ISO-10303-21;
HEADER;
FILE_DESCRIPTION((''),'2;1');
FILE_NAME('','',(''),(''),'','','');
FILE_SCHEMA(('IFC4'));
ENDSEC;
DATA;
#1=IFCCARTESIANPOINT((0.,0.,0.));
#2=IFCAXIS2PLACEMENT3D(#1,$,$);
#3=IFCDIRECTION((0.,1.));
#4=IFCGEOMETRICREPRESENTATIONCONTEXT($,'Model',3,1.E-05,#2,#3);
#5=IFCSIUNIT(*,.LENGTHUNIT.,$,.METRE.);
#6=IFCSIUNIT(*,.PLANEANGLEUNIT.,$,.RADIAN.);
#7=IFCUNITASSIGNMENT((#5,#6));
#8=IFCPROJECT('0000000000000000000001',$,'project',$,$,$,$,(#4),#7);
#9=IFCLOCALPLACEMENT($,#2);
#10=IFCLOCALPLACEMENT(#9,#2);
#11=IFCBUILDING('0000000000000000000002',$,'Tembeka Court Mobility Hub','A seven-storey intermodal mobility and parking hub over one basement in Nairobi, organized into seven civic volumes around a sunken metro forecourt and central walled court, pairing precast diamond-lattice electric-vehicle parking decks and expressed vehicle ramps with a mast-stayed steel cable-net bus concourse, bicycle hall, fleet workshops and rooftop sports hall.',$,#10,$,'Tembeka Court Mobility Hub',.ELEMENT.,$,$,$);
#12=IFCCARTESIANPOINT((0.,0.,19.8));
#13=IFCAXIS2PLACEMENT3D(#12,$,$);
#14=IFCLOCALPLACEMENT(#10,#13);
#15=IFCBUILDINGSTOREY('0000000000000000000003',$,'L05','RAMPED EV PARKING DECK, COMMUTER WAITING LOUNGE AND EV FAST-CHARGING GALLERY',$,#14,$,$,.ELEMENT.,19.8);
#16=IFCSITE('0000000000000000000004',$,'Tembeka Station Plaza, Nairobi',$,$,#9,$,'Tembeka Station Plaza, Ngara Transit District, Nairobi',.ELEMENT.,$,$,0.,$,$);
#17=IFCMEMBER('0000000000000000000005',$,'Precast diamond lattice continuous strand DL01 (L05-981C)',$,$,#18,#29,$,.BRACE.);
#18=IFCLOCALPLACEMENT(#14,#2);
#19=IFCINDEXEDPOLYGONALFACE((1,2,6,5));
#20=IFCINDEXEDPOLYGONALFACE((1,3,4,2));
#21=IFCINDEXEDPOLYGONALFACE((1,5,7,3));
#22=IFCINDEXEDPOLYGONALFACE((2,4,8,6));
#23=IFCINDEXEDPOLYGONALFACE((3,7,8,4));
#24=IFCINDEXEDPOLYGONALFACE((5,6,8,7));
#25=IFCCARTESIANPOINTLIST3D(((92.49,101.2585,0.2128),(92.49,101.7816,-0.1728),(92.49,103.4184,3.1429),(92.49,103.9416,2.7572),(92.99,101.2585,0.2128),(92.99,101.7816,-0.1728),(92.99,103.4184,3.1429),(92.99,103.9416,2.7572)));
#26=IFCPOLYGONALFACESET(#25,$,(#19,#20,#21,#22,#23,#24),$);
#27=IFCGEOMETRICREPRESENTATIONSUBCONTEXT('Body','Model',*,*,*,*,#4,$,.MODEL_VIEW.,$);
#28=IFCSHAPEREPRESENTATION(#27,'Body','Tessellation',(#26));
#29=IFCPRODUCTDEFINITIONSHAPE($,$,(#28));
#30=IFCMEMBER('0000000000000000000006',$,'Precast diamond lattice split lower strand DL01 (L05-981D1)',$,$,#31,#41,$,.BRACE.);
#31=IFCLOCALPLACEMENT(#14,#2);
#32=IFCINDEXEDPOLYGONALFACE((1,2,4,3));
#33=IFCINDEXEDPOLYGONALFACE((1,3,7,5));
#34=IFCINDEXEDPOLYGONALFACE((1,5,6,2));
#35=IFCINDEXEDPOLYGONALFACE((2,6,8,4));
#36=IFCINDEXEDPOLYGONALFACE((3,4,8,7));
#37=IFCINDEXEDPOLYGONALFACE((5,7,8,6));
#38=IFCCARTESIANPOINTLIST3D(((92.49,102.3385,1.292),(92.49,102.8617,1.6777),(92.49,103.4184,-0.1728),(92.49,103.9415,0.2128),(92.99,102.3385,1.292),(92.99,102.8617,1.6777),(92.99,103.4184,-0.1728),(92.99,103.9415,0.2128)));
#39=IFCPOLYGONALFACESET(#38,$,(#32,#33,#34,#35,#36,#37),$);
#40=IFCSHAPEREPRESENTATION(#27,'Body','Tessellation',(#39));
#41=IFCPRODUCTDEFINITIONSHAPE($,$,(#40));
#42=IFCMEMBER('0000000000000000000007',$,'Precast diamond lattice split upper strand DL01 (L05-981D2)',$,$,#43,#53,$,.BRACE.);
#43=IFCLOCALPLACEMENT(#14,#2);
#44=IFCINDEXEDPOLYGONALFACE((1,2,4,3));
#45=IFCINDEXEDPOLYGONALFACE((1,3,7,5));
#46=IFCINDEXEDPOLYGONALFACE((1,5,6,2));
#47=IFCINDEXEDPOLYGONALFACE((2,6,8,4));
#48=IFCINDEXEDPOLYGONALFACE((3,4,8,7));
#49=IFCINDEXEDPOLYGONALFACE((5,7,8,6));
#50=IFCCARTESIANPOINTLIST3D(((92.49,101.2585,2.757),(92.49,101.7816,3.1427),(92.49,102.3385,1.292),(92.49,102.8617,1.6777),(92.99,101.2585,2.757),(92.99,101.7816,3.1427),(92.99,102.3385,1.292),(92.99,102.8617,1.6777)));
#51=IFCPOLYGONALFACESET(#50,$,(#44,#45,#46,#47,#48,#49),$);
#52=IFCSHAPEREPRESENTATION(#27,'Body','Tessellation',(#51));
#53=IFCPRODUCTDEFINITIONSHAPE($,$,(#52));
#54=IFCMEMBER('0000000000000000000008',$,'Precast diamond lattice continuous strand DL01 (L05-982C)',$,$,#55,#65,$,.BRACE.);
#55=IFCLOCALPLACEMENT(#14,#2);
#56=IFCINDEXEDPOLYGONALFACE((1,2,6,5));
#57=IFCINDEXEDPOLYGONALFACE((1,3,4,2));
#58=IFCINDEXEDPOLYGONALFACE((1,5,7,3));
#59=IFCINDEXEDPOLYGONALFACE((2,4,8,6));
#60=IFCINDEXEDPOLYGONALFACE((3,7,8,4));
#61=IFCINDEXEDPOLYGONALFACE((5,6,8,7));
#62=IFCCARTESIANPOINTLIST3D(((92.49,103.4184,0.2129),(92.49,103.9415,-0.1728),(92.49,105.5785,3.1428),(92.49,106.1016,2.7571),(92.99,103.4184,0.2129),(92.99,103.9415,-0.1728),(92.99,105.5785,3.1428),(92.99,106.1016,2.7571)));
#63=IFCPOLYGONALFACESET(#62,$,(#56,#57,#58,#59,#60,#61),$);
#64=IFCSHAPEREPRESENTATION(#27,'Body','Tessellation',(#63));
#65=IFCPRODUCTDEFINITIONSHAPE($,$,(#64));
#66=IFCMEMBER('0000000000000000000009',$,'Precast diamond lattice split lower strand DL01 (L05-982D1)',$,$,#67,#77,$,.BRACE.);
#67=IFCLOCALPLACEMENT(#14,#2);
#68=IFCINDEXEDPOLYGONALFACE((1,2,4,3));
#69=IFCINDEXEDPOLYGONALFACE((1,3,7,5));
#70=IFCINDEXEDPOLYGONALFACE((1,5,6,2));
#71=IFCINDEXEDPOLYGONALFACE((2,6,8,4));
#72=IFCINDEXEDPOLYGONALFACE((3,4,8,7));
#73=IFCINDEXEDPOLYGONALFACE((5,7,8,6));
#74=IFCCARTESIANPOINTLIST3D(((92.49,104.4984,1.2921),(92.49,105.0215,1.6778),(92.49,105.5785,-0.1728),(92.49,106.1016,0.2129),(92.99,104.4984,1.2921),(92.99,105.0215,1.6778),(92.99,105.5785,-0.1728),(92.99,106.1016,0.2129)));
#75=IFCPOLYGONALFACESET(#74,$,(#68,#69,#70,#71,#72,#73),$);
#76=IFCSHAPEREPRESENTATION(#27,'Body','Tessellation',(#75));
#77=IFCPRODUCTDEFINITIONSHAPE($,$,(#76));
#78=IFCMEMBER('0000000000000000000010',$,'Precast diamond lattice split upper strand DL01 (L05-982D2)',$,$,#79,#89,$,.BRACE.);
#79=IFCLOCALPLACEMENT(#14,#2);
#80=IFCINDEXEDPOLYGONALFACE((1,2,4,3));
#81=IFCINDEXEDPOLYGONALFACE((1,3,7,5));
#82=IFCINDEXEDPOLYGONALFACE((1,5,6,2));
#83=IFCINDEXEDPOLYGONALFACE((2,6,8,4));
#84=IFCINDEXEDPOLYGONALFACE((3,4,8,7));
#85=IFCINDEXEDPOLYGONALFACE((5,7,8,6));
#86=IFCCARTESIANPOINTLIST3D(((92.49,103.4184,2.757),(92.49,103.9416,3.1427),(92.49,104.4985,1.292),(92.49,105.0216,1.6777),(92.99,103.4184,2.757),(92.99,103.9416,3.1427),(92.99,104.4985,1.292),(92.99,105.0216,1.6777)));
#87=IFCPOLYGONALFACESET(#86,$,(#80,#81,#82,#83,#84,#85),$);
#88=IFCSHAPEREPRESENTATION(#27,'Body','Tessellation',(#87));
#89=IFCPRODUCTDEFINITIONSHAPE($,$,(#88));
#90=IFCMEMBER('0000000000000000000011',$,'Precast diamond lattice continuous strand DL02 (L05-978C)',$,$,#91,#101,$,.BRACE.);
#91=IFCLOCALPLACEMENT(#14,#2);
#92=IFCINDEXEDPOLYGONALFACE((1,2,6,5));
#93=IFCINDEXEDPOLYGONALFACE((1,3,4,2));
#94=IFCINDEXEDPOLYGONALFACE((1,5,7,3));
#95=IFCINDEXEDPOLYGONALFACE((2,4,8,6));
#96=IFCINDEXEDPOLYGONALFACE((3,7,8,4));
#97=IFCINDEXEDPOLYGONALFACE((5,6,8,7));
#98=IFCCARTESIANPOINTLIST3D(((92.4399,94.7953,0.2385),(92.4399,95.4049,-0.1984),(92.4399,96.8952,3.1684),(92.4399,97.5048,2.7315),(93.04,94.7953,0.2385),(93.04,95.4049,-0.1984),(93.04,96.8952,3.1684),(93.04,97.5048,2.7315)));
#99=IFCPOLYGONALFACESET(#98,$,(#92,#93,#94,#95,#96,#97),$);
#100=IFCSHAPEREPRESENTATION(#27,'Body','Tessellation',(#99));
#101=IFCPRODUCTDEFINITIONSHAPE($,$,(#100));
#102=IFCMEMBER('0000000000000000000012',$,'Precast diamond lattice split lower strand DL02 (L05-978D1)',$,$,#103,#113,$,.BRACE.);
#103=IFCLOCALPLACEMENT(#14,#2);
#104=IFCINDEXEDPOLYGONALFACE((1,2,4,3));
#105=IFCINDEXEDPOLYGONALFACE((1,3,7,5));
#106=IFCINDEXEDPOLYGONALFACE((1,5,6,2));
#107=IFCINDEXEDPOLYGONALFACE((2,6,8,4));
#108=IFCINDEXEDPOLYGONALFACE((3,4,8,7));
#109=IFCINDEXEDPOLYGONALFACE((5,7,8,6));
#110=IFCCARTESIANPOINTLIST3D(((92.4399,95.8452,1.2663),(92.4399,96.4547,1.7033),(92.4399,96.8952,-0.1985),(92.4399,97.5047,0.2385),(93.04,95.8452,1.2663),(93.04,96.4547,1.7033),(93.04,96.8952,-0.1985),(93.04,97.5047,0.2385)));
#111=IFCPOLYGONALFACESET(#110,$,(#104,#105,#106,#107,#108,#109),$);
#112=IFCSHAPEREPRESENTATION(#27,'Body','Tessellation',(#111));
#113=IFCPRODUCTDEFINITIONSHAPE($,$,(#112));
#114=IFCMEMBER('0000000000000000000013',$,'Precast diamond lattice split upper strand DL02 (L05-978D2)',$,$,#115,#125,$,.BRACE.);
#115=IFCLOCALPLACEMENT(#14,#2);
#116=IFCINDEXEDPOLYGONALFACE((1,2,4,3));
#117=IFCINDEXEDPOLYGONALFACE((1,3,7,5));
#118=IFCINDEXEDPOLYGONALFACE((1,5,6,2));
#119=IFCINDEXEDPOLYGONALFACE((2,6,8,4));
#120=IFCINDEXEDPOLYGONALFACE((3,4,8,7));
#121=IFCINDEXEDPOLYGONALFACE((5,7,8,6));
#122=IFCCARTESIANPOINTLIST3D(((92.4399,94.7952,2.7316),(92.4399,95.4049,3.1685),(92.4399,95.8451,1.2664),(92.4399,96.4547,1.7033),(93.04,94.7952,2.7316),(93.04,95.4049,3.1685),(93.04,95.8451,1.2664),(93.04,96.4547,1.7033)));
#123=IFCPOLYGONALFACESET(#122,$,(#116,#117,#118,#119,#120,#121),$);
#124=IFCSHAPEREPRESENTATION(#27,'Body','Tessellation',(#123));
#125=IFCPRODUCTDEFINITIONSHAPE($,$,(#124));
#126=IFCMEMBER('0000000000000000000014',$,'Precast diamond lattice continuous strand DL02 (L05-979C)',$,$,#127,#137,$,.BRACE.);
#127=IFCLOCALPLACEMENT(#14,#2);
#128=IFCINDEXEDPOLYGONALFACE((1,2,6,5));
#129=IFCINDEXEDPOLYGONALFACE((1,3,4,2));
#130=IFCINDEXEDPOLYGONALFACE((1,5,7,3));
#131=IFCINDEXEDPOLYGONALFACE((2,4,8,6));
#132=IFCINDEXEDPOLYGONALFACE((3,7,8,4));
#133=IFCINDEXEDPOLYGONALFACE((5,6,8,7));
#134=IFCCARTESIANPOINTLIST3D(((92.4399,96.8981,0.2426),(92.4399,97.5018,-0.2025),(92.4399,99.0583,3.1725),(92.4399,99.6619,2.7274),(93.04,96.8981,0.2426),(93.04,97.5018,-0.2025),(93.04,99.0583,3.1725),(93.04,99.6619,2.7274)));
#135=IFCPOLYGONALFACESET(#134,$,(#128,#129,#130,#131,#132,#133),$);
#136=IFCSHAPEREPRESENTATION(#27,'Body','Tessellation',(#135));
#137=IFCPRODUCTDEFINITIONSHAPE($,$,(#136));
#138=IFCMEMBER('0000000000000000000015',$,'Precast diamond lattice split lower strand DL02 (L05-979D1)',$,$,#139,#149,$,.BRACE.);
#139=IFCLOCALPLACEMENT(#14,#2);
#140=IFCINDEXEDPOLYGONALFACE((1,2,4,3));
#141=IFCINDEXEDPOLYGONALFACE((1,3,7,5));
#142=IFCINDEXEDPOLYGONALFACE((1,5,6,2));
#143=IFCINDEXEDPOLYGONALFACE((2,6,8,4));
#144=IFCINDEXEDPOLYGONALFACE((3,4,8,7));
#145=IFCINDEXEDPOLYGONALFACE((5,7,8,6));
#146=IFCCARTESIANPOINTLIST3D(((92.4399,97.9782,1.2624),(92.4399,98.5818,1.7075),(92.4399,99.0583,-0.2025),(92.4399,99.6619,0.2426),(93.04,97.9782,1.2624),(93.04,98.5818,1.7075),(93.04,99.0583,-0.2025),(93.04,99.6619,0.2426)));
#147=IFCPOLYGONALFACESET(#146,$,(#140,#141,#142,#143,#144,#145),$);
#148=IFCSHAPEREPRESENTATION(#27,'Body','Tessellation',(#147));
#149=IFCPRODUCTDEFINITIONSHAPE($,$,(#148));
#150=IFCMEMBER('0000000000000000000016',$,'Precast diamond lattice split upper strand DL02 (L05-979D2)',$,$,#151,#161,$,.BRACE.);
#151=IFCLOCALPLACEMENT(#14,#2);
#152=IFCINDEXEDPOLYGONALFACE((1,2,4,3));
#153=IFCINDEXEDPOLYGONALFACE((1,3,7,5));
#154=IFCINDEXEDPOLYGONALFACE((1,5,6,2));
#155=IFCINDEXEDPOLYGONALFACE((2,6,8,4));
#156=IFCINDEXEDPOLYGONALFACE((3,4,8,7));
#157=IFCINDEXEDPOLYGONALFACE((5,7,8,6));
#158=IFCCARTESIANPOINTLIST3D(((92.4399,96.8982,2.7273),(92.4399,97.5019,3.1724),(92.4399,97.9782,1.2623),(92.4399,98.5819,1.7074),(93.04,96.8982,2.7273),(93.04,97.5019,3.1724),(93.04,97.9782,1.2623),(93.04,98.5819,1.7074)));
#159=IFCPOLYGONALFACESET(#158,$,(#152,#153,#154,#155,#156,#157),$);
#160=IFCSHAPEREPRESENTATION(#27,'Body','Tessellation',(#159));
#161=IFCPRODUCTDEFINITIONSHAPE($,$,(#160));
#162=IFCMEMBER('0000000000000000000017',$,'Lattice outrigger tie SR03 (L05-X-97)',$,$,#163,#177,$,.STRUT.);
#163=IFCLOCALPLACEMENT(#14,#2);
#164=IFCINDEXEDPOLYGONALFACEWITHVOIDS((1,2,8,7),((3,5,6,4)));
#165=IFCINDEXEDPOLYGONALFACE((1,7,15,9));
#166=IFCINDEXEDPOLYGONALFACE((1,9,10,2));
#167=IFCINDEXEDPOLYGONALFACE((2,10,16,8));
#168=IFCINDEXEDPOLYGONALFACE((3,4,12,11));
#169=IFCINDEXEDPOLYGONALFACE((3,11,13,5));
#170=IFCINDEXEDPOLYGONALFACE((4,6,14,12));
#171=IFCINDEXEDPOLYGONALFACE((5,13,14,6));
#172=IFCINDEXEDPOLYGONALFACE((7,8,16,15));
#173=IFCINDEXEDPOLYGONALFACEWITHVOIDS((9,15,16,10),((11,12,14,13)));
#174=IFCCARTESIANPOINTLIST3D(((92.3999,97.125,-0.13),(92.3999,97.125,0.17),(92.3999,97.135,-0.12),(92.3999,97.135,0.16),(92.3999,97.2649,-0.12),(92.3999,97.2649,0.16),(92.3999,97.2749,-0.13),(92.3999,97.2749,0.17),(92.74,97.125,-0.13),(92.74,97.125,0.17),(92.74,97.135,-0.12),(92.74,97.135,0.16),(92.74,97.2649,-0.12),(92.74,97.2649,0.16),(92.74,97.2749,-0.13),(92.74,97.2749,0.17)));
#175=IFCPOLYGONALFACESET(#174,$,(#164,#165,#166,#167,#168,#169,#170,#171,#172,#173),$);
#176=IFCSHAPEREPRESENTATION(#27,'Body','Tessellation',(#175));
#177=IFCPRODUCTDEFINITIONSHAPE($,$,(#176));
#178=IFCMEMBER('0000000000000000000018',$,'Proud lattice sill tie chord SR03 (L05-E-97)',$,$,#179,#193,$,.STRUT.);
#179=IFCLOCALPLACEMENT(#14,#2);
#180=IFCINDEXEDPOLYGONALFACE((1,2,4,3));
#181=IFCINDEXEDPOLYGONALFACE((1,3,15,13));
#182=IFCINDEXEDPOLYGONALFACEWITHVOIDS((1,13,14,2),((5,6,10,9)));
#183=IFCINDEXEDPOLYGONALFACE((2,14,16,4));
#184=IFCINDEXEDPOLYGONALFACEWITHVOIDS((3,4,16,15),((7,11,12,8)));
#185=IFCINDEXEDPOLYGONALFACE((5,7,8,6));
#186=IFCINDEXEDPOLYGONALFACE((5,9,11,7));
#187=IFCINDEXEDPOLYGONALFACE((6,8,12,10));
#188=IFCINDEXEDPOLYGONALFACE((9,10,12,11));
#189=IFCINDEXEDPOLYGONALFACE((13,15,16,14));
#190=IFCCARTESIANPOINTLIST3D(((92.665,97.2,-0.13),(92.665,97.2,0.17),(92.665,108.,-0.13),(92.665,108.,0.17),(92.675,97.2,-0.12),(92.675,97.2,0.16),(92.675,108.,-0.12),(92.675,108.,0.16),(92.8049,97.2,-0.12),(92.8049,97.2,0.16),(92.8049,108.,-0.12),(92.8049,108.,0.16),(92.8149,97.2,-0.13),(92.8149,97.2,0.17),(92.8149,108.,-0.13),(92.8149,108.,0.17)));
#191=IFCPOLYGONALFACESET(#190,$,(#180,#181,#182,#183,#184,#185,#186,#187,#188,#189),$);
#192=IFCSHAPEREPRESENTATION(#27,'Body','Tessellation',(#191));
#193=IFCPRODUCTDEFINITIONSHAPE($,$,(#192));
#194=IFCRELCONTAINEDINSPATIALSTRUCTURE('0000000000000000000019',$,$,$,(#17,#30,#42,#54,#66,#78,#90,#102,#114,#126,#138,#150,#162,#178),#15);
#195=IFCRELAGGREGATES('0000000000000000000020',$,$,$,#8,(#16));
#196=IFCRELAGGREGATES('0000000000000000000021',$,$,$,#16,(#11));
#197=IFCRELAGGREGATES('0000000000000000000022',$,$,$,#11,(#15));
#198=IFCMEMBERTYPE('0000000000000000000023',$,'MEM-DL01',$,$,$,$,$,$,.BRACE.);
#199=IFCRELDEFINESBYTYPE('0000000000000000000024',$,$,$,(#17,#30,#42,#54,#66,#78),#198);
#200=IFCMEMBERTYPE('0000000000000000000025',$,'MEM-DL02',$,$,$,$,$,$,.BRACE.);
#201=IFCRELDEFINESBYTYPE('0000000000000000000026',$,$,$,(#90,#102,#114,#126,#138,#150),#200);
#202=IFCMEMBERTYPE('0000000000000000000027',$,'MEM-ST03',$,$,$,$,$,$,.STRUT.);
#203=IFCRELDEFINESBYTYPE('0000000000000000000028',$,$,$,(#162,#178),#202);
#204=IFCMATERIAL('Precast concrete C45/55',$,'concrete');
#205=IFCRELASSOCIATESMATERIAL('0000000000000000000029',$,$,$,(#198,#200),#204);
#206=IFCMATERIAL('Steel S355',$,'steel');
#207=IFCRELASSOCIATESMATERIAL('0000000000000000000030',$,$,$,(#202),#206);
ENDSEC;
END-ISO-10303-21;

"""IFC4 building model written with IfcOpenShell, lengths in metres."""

from ifc_helpers import new_model, si_unit, direction, frame, origin, origin_2d, place, context, subcontext, project, spatial, rectangle, hollow_rectangle, extrude, material, material_profile, profile_set, type_object, element, save


model = new_model("IFC4")

# Units and contexts
model_context = context("Model", 3, precision=1e-05, world=origin(), true_north=direction((0.0, 1.0)))
body_context = subcontext(model_context, "Body", "Model", "MODEL_VIEW")
ifc_project = project(units=[si_unit("LENGTHUNIT", "METRE"), si_unit("PLANEANGLEUNIT", "RADIAN")], contexts=[model_context])

# Site, building, storey
site_placement = place(None, origin())
site = spatial("IfcSite", under=ifc_project, at=site_placement, Name="Tembeka Station Plaza, Nairobi", LongName="Tembeka Station Plaza, Ngara Transit District, Nairobi", CompositionType="ELEMENT", RefElevation=0.0)
building_placement = place(site_placement, origin())
building = spatial("IfcBuilding", under=site, at=building_placement, Name="Tembeka Court Mobility Hub", Description="A seven-storey intermodal mobility and parking hub over one basement in Nairobi, organized into seven civic volumes around a sunken metro forecourt and central walled court, pairing precast diamond-lattice electric-vehicle parking decks and expressed vehicle ramps with a mast-stayed steel cable-net bus concourse, bicycle hall, fleet workshops and rooftop sports hall.", LongName="Tembeka Court Mobility Hub", CompositionType="ELEMENT")
storey_placement = place(building_placement, frame((0.0, 0.0, 19.8)))
storey = spatial("IfcBuildingStorey", under=building, at=storey_placement, Name="L05", Description="RAMPED EV PARKING DECK, COMMUTER WAITING LOUNGE AND EV FAST-CHARGING GALLERY", CompositionType="ELEMENT", Elevation=19.8)

# Shared definitions
ifc_material_1 = material(Name="Steel S355", Category="steel")

# Members
ifc_material_2 = material(Name="Precast concrete C45/55", Category="concrete")
ifc_material_profile_1 = material_profile(ifc_material_2, rectangle(XDim=0.5, YDim=0.6499, at=origin_2d()), Name="PC-DIAG 500x650")
ifc_profile_set_1 = profile_set([ifc_material_profile_1], Name="Precast concrete C45/55")
member_type_1 = type_object("IfcMemberType", Name="MEM-DL01", PredefinedType="BRACE", material=ifc_profile_set_1)
member_1_placement = place(storey_placement, frame((92.74, 101.52, 0.02), z_axis=(0.0, 0.59338, 0.804923), x_axis=(-1.0, 0.0, 0.0)))
element("IfcMember", 1, at=member_1_placement, inside=storey, type_object=member_type_1, Name="Precast diamond lattice continuous strand DL01 (L05-981C)", PredefinedType="BRACE", context=body_context, shape_type="SweptSolid", body=[
    extrude(rectangle(XDim=0.5, YDim=0.6499, at=origin_2d()), origin(), (0.0, 0.0, 1.0), 3.6401),
])
member_2_placement = place(storey_placement, frame((92.74, 103.6799, 0.02), z_axis=(0.0, -0.593368, 0.804931), x_axis=(1.0, 0.0, 0.0)))
element("IfcMember", 2, at=member_2_placement, inside=storey, type_object=member_type_1, Name="Precast diamond lattice split lower strand DL01 (L05-981D1)", PredefinedType="BRACE", context=body_context, shape_type="SweptSolid", body=[
    extrude(rectangle(XDim=0.5, YDim=0.6499, at=origin_2d()), origin(), (0.0, 0.0, 1.0), 1.8198),
])
member_3_placement = place(storey_placement, frame((92.74, 102.6001, 1.4849), z_axis=(0.0, -0.593391, 0.804914), x_axis=(1.0, 0.0, 0.0)))
element("IfcMember", 3, at=member_3_placement, inside=storey, type_object=member_type_1, Name="Precast diamond lattice split upper strand DL01 (L05-981D2)", PredefinedType="BRACE", context=body_context, shape_type="SweptSolid", body=[
    extrude(rectangle(XDim=0.5, YDim=0.6499, at=origin_2d()), origin(), (0.0, 0.0, 1.0), 1.8201),
])
member_4_placement = place(storey_placement, frame((92.74, 103.6799, 0.02), z_axis=(0.0, 0.593423, 0.804891), x_axis=(-1.0, 0.0, 0.0)))
element("IfcMember", 4, at=member_4_placement, inside=storey, type_object=member_type_1, Name="Precast diamond lattice continuous strand DL01 (L05-982C)", PredefinedType="BRACE", context=body_context, shape_type="SweptSolid", body=[
    extrude(rectangle(XDim=0.5, YDim=0.6499, at=origin_2d()), origin(), (0.0, 0.0, 1.0), 3.6401),
])
for number, where, z_axis, x_axis, name in (
    (5, (92.74, 105.8401, 0.02), (0.0, -0.593455, 0.804867), (1.0, 0.0, 0.0), "Precast diamond lattice split lower strand DL01 (L05-982D1)"),
    (6, (92.74, 104.76, 1.4849), (0.0, -0.593391, 0.804914), (1.0, 0.0, 0.0), "Precast diamond lattice split upper strand DL01 (L05-982D2)"),
):
    element("IfcMember", number, at=place(storey_placement, frame(where, z_axis=z_axis, x_axis=x_axis)), inside=storey, type_object=member_type_1, Name=name, PredefinedType="BRACE", context=body_context, shape_type="SweptSolid", body=[
        extrude(rectangle(XDim=0.5, YDim=0.6499, at=origin_2d()), origin(), (0.0, 0.0, 1.0), 1.8201),
    ])
ifc_material_profile_2 = material_profile(ifc_material_2, rectangle(XDim=0.6001, YDim=0.75, at=origin_2d()), Name="PC-DIAG 600x750")
ifc_profile_set_2 = profile_set([ifc_material_profile_2], Name="Precast concrete C45/55")
member_type_2 = type_object("IfcMemberType", Name="MEM-DL02", PredefinedType="BRACE", material=ifc_profile_set_2)
member_5_placement = place(storey_placement, frame((92.74, 95.1001, 0.02), z_axis=(0.0, 0.582532, 0.812808), x_axis=(-1.0, 0.0, 0.0)))
element("IfcMember", 7, at=member_5_placement, inside=storey, type_object=member_type_2, Name="Precast diamond lattice continuous strand DL02 (L05-978C)", PredefinedType="BRACE", context=body_context, shape_type="SweptSolid", body=[
    extrude(rectangle(XDim=0.6001, YDim=0.75, at=origin_2d()), origin(), (0.0, 0.0, 1.0), 3.6047),
])
member_6_placement = place(storey_placement, frame((92.74, 97.2, 0.02), z_axis=(0.0, -0.582608, 0.812753), x_axis=(1.0, 0.0, 0.0)))
element("IfcMember", 8, at=member_6_placement, inside=storey, type_object=member_type_2, Name="Precast diamond lattice split lower strand DL02 (L05-978D1)", PredefinedType="BRACE", context=body_context, shape_type="SweptSolid", body=[
    extrude(rectangle(XDim=0.6001, YDim=0.75, at=origin_2d()), origin(), (0.0, 0.0, 1.0), 1.8022),
])
member_7_placement = place(storey_placement, frame((92.74, 96.1499, 1.4849), z_axis=(0.0, -0.582455, 0.812863), x_axis=(1.0, 0.0, 0.0)))
element("IfcMember", 9, at=member_7_placement, inside=storey, type_object=member_type_2, Name="Precast diamond lattice split upper strand DL02 (L05-978D2)", PredefinedType="BRACE", context=body_context, shape_type="SweptSolid", body=[
    extrude(rectangle(XDim=0.6001, YDim=0.75, at=origin_2d()), origin(), (0.0, 0.0, 1.0), 1.8025),
])
member_8_placement = place(storey_placement, frame((92.74, 97.2, 0.02), z_axis=(0.0, 0.593423, 0.804891), x_axis=(-1.0, 0.0, 0.0)))
element("IfcMember", 10, at=member_8_placement, inside=storey, type_object=member_type_2, Name="Precast diamond lattice continuous strand DL02 (L05-979C)", PredefinedType="BRACE", context=body_context, shape_type="SweptSolid", body=[
    extrude(rectangle(XDim=0.6001, YDim=0.75, at=origin_2d()), origin(), (0.0, 0.0, 1.0), 3.6401),
])
for number, where, z_axis, x_axis, name in (
    (11, (92.74, 99.3601, 0.02), (0.0, -0.593455, 0.804867), (1.0, 0.0, 0.0), "Precast diamond lattice split lower strand DL02 (L05-979D1)"),
    (12, (92.74, 98.28, 1.4849), (0.0, -0.593391, 0.804914), (1.0, 0.0, 0.0), "Precast diamond lattice split upper strand DL02 (L05-979D2)"),
):
    element("IfcMember", number, at=place(storey_placement, frame(where, z_axis=z_axis, x_axis=x_axis)), inside=storey, type_object=member_type_2, Name=name, PredefinedType="BRACE", context=body_context, shape_type="SweptSolid", body=[
        extrude(rectangle(XDim=0.6001, YDim=0.75, at=origin_2d()), origin(), (0.0, 0.0, 1.0), 1.8201),
    ])
ifc_material_profile_3 = material_profile(ifc_material_1, hollow_rectangle(XDim=0.1499, YDim=0.3, WallThickness=0.01, at=origin_2d()), Name="RHS 300x150x10")
ifc_profile_set_3 = profile_set([ifc_material_profile_3], Name="Steel S355")
member_type_3 = type_object("IfcMemberType", Name="MEM-ST03", PredefinedType="STRUT", material=ifc_profile_set_3)
member_9_placement = place(storey_placement, frame((92.3999, 97.2, 0.02), z_axis=(1.0, 0.0, 0.0), x_axis=(0.0, 1.0, 0.0)))
element("IfcMember", 13, at=member_9_placement, inside=storey, type_object=member_type_3, Name="Lattice outrigger tie SR03 (L05-X-97)", PredefinedType="STRUT", context=body_context, shape_type="SweptSolid", body=[
    extrude(hollow_rectangle(XDim=0.1499, YDim=0.3, WallThickness=0.01, at=origin_2d()), origin(), (0.0, 0.0, 1.0), 0.3401),
])
member_10_placement = place(storey_placement, frame((92.74, 97.2, 0.02), z_axis=(0.0, 1.0, 0.0), x_axis=(-1.0, 0.0, 0.0)))
element("IfcMember", 14, at=member_10_placement, inside=storey, type_object=member_type_3, Name="Proud lattice sill tie chord SR03 (L05-E-97)", PredefinedType="STRUT", context=body_context, shape_type="SweptSolid", body=[
    extrude(hollow_rectangle(XDim=0.1499, YDim=0.3, WallThickness=0.01, at=origin_2d()), origin(), (0.0, 0.0, 1.0), 10.8),
])

save(model, "model.ifc")
